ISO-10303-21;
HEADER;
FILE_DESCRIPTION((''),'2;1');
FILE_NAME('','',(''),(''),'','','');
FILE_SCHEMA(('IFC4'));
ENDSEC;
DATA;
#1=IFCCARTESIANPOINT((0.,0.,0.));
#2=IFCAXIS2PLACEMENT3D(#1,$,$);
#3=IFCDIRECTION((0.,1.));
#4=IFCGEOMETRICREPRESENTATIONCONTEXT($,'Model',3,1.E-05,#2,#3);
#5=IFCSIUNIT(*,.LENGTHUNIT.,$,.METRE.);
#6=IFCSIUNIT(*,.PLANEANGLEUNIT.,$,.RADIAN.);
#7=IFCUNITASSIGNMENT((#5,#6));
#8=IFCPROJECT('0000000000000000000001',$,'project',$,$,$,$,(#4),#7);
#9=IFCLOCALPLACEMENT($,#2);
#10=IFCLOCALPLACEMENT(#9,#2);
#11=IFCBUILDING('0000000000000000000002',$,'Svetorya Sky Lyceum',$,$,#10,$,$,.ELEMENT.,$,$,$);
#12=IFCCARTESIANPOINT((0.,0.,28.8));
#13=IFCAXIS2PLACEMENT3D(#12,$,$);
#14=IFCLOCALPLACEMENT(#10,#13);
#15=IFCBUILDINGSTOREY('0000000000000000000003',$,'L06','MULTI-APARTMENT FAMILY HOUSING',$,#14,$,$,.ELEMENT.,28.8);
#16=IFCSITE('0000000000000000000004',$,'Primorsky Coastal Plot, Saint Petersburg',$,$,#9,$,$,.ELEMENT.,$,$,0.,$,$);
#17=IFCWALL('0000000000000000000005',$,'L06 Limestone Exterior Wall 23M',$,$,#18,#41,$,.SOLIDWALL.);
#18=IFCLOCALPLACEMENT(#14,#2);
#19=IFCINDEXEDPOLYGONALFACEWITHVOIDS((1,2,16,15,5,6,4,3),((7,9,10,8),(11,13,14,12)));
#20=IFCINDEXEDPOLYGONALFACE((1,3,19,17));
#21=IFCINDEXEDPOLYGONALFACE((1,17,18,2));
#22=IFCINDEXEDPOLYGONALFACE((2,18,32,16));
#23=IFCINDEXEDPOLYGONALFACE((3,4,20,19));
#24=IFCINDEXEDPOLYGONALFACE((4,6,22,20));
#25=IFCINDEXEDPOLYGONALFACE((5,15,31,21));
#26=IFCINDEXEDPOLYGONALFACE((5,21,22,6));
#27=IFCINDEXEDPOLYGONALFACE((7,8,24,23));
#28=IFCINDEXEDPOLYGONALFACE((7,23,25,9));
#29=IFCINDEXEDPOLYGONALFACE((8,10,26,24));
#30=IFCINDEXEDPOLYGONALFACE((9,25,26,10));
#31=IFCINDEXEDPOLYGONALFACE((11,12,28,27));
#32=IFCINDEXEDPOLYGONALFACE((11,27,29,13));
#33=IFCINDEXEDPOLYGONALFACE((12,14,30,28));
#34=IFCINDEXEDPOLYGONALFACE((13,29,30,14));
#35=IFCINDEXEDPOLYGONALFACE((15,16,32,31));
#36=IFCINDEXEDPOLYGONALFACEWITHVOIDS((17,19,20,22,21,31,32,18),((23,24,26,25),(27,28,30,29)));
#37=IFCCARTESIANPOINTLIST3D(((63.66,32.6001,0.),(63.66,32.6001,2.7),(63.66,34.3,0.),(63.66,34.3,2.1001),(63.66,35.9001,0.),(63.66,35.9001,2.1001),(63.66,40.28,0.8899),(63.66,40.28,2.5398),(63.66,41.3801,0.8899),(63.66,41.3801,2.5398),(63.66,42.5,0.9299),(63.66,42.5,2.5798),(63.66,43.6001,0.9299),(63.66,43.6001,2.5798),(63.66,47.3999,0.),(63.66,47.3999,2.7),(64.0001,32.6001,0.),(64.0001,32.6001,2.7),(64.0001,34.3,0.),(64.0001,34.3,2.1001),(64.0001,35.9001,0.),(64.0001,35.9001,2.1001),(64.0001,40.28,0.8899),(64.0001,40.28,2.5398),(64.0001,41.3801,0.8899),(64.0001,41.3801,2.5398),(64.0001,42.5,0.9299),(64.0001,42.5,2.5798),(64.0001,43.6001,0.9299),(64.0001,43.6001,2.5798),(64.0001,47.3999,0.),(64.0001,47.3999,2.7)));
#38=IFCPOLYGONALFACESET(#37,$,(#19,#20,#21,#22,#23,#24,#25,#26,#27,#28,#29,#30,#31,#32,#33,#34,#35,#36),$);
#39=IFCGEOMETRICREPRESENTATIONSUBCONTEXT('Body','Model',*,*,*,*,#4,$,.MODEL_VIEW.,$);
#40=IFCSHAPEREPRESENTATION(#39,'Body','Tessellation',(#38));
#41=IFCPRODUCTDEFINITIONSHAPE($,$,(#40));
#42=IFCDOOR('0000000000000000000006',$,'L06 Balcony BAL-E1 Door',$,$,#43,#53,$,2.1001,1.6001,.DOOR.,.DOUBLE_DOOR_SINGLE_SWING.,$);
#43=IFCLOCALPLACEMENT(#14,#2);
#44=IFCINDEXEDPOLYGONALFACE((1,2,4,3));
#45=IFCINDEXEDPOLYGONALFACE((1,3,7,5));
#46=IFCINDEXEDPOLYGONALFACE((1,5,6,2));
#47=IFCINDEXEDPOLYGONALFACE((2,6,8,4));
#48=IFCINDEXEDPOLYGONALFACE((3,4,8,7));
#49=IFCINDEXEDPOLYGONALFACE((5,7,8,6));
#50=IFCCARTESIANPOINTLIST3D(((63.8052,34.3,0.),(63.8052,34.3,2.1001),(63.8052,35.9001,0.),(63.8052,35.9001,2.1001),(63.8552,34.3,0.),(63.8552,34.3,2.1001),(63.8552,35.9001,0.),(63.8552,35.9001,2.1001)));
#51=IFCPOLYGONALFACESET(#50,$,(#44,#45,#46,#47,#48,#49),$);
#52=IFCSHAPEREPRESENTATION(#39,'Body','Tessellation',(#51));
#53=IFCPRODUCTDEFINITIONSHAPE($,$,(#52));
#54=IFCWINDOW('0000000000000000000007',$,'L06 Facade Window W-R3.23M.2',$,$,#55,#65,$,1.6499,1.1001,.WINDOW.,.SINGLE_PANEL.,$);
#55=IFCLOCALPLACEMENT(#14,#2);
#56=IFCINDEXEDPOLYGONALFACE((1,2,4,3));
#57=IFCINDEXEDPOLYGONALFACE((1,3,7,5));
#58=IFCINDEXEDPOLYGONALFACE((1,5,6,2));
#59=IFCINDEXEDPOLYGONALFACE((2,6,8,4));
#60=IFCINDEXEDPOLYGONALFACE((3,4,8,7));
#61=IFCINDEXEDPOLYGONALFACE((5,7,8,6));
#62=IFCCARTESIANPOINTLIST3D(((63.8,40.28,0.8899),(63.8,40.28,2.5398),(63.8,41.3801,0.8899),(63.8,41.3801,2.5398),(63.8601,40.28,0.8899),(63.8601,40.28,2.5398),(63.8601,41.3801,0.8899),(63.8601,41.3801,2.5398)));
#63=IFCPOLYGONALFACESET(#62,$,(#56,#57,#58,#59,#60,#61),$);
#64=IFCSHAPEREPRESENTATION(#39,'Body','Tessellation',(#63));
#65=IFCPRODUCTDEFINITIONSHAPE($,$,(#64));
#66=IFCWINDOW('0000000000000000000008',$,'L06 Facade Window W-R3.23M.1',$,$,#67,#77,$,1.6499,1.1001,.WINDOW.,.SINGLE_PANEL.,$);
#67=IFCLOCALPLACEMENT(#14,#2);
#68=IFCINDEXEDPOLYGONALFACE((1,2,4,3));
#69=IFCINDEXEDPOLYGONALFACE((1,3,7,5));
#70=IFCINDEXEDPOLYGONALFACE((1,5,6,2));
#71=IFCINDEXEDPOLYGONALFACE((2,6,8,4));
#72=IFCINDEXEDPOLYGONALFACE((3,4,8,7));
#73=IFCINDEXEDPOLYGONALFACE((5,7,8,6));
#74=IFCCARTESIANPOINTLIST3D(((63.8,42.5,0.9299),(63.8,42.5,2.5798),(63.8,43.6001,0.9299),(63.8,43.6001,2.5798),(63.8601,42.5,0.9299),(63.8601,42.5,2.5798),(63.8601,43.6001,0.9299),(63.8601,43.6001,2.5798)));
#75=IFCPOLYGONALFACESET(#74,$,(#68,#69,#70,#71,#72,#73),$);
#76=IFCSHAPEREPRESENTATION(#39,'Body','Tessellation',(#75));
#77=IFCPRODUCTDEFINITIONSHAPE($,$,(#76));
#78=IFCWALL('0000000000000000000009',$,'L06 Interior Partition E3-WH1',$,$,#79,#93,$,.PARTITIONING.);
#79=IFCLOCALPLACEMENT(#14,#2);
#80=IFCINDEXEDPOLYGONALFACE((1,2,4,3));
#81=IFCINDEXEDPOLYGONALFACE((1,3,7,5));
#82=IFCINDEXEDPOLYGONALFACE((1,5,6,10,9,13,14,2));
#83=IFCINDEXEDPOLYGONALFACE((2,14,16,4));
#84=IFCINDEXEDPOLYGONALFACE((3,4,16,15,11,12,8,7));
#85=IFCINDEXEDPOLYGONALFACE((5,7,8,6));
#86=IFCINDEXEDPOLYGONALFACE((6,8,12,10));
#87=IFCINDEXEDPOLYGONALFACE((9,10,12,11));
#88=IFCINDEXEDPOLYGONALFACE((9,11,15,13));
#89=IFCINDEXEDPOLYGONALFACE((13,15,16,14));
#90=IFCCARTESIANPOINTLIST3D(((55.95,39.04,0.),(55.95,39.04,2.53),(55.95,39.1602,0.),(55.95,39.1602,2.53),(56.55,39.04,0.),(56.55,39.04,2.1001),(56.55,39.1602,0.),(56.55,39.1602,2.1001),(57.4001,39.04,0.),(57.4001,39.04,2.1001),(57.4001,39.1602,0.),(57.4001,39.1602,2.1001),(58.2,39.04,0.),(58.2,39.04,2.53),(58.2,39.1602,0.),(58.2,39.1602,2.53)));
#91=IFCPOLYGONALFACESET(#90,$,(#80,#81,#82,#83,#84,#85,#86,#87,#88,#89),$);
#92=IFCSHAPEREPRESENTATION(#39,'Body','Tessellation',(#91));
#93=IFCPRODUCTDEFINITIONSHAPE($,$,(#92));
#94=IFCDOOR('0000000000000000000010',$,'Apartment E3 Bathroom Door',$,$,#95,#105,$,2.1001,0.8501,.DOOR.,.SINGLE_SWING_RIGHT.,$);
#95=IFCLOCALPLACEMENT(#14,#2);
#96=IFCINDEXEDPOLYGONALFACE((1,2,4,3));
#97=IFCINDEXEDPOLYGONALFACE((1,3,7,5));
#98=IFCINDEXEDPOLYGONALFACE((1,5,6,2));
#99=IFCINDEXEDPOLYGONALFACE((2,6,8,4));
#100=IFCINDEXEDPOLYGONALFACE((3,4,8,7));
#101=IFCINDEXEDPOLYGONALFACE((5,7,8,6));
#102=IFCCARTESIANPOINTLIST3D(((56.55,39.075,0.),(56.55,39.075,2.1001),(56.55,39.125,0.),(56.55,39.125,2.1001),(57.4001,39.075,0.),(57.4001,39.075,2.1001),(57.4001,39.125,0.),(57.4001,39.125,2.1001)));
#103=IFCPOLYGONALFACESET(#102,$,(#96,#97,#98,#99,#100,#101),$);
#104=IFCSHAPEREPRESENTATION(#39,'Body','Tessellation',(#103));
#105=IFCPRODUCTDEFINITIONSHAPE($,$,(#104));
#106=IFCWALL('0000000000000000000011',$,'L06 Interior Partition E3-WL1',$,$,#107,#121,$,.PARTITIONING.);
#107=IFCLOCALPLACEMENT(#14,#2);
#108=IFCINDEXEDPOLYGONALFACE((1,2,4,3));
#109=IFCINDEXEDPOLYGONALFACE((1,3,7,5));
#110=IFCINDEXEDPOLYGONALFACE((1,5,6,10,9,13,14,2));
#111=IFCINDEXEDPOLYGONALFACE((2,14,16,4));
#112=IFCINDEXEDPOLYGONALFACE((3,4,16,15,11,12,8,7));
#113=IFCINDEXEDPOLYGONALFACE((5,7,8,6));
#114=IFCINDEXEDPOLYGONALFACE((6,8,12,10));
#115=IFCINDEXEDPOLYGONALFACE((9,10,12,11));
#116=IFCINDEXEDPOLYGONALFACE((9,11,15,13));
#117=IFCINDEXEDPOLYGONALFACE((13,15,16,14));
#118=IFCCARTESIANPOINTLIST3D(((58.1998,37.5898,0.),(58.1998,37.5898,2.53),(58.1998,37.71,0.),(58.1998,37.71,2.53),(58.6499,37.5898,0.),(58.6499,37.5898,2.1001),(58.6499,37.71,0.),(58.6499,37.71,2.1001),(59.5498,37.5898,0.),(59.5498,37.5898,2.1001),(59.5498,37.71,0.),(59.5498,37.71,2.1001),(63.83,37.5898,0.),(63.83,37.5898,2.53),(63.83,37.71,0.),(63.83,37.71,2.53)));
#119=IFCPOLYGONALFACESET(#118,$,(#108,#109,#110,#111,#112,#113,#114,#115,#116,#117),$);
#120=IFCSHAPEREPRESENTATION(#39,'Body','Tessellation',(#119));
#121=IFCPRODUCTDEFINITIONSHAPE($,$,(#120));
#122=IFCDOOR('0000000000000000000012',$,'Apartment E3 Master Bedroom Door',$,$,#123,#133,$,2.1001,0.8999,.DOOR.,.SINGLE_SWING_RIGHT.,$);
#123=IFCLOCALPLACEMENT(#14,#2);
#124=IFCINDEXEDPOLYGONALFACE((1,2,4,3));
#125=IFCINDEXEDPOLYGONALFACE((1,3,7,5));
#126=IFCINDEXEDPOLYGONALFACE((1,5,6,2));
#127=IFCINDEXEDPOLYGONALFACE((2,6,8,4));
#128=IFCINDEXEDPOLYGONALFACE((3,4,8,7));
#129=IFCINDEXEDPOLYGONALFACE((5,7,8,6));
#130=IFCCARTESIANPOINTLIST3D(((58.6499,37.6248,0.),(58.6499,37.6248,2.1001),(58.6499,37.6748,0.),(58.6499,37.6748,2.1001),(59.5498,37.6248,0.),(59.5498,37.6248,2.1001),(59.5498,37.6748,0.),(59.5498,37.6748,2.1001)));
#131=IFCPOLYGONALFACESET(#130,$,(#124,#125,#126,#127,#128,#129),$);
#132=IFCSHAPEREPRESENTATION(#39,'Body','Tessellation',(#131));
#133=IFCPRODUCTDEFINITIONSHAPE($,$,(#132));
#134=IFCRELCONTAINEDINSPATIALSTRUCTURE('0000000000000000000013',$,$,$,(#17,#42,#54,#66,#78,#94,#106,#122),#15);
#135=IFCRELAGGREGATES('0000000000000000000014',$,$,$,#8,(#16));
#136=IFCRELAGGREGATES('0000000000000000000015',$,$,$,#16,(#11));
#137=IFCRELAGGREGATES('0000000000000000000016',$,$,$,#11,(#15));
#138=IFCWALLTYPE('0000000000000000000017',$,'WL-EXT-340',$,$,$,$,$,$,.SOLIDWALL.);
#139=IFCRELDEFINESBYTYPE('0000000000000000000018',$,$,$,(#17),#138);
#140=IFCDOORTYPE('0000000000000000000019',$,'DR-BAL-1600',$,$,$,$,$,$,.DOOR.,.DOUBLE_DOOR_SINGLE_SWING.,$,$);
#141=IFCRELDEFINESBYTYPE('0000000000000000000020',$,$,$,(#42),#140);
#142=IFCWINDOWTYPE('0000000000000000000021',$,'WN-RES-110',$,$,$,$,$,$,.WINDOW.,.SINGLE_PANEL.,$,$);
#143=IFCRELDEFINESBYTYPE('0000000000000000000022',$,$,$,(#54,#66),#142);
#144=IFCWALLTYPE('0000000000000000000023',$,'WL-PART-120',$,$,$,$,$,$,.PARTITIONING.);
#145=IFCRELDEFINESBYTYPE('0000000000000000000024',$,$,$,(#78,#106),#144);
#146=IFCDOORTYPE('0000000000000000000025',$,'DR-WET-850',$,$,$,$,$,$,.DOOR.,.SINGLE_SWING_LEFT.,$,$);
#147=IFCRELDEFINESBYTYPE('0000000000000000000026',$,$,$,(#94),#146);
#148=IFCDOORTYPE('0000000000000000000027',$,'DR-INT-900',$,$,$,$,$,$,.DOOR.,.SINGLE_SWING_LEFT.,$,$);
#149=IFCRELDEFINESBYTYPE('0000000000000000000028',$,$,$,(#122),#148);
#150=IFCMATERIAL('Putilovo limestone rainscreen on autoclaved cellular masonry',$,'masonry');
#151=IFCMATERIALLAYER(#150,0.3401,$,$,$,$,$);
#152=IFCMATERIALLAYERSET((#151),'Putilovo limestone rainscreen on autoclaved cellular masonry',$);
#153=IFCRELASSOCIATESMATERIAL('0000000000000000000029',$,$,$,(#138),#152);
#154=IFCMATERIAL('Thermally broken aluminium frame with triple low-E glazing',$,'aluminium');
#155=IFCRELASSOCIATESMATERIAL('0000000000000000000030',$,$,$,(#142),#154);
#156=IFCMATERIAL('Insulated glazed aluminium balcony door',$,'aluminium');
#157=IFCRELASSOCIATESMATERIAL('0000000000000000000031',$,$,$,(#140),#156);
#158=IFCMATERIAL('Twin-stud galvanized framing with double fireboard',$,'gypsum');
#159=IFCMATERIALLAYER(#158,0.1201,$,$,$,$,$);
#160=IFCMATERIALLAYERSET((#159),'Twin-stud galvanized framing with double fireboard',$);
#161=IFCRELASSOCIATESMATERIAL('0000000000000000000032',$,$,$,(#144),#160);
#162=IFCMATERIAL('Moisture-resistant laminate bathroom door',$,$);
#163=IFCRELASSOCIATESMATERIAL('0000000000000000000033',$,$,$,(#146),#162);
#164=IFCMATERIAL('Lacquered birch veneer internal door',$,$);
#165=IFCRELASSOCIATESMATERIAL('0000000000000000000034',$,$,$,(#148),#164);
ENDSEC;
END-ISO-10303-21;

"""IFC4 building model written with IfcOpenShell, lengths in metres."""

from ifc_helpers import new_model, si_unit, direction, frame, frame_2d, origin, place, context, subcontext, project, spatial, rectangle, extrude, material, layer, layer_set, type_object, element, fill, save


model = new_model("IFC4")

# Units and contexts
model_context = context("Model", 3, precision=1e-05, world=origin(), true_north=direction((0.0, 1.0)))
body_context = subcontext(model_context, "Body", "Model", "MODEL_VIEW")
ifc_project = project(units=[si_unit("LENGTHUNIT", "METRE"), si_unit("PLANEANGLEUNIT", "RADIAN")], contexts=[model_context])

# Site, building, storey
site_placement = place(None, origin())
site = spatial("IfcSite", under=ifc_project, at=site_placement, Name="Primorsky Coastal Plot, Saint Petersburg", CompositionType="ELEMENT", RefElevation=0.0)
building_placement = place(site_placement, origin())
building = spatial("IfcBuilding", under=site, at=building_placement, Name="Svetorya Sky Lyceum", CompositionType="ELEMENT")
storey_placement = place(building_placement, frame((0.0, 0.0, 28.8)))
storey = spatial("IfcBuildingStorey", under=building, at=storey_placement, Name="L06", Description="MULTI-APARTMENT FAMILY HOUSING", CompositionType="ELEMENT", Elevation=28.8)

# Shared definitions
ifc_material_1 = material(Name="Putilovo limestone rainscreen on autoclaved cellular masonry", Category="masonry")
ifc_layer_1 = layer(ifc_material_1, 0.3401)
ifc_layer_set_1 = layer_set([ifc_layer_1], Name="Putilovo limestone rainscreen on autoclaved cellular masonry")
wall_type_1 = type_object("IfcWallType", Name="WL-EXT-340", PredefinedType="SOLIDWALL", material=ifc_layer_set_1)

# Shared definitions
ifc_material_2 = material(Name="Thermally broken aluminium frame with triple low-E glazing", Category="aluminium")
window_type = type_object("IfcWindowType", Name="WN-RES-110", PartitioningType="SINGLE_PANEL", PredefinedType="WINDOW", material=ifc_material_2)

# Wall, openings, door, windows
wall_1_placement = place(storey_placement, frame((63.8301, 32.6001, 0.0), z_axis=(0.0, 0.0, 1.0), x_axis=(0.0, 1.0, 0.0)))
wall_1 = element("IfcWall", 1, at=wall_1_placement, inside=storey, type_object=wall_type_1, Name="L06 Limestone Exterior Wall 23M", PredefinedType="SOLIDWALL", context=body_context, shape_type="SweptSolid", body=[
    extrude(rectangle(XDim=14.7998, YDim=0.3401, at=frame_2d((7.3999, 0.0))), origin(), (0.0, 0.0, 1.0), 2.7),
])
opening_1_placement = place(wall_1_placement, frame((1.7, 0.0, 0.0)))
opening_1 = element("IfcOpeningElement", 2, at=opening_1_placement, cuts=wall_1, PredefinedType="OPENING", context=body_context, shape_type="SweptSolid", body=[
    extrude(rectangle(XDim=1.6001, YDim=2.1001, at=frame_2d((0.8, 1.05))), frame((0.0, 0.1799, 0.0), z_axis=(0.0, -1.0, 0.0), x_axis=(1.0, 0.0, 0.0)), (0.0, 0.0, 1.0), 0.3601),
])
opening_2_placement = place(wall_1_placement, frame((7.6799, 0.0, 0.8899)))
opening_2 = element("IfcOpeningElement", 3, at=opening_2_placement, cuts=wall_1, PredefinedType="OPENING", context=body_context, shape_type="SweptSolid", body=[
    extrude(rectangle(XDim=1.1001, YDim=1.6499, at=frame_2d((0.55, 0.825))), frame((0.0, 0.1799, 0.0), z_axis=(0.0, -1.0, 0.0), x_axis=(1.0, 0.0, 0.0)), (0.0, 0.0, 1.0), 0.3601),
])
opening_3_placement = place(wall_1_placement, frame((9.8999, 0.0, 0.9299)))
opening_3 = element("IfcOpeningElement", 4, at=opening_3_placement, cuts=wall_1, PredefinedType="OPENING", context=body_context, shape_type="SweptSolid", body=[
    extrude(rectangle(XDim=1.1001, YDim=1.6499, at=frame_2d((0.55, 0.825))), frame((0.0, 0.1799, 0.0), z_axis=(0.0, -1.0, 0.0), x_axis=(1.0, 0.0, 0.0)), (0.0, 0.0, 1.0), 0.3601),
])
ifc_material_3 = material(Name="Insulated glazed aluminium balcony door", Category="aluminium")
door_type_1 = type_object("IfcDoorType", Name="DR-BAL-1600", OperationType="DOUBLE_DOOR_SINGLE_SWING", PredefinedType="DOOR", material=ifc_material_3)
door_1_placement = place(opening_1_placement, origin())
door_1 = element("IfcDoor", 5, at=door_1_placement, inside=storey, type_object=door_type_1, Name="L06 Balcony BAL-E1 Door", OperationType="DOUBLE_DOOR_SINGLE_SWING", OverallHeight=2.1001, OverallWidth=1.6001, PredefinedType="DOOR", context=body_context, shape_type="SweptSolid", body=[
    extrude(rectangle(XDim=1.6001, YDim=2.1001, at=frame_2d((0.8, 1.05))), frame((0.0, 0.0249, 0.0), z_axis=(0.0, -1.0, 0.0), x_axis=(1.0, 0.0, 0.0)), (0.0, 0.0, 1.0), 0.05),
])
fill(opening_1, door_1)
window_1_placement = place(opening_2_placement, origin())
window_1 = element("IfcWindow", 6, at=window_1_placement, inside=storey, type_object=window_type, Name="L06 Facade Window W-R3.23M.2", OverallHeight=1.6499, OverallWidth=1.1001, PartitioningType="SINGLE_PANEL", PredefinedType="WINDOW", context=body_context, shape_type="SweptSolid", body=[
    extrude(rectangle(XDim=1.1001, YDim=1.6499, at=frame_2d((0.55, 0.825))), frame((0.0, 0.03, 0.0), z_axis=(0.0, -1.0, 0.0), x_axis=(1.0, 0.0, 0.0)), (0.0, 0.0, 1.0), 0.0601),
])
fill(opening_2, window_1)
window_2_placement = place(opening_3_placement, origin())
window_2 = element("IfcWindow", 7, at=window_2_placement, inside=storey, type_object=window_type, Name="L06 Facade Window W-R3.23M.1", OverallHeight=1.6499, OverallWidth=1.1001, PartitioningType="SINGLE_PANEL", PredefinedType="WINDOW", context=body_context, shape_type="SweptSolid", body=[
    extrude(rectangle(XDim=1.1001, YDim=1.6499, at=frame_2d((0.55, 0.825))), frame((0.0, 0.03, 0.0), z_axis=(0.0, -1.0, 0.0), x_axis=(1.0, 0.0, 0.0)), (0.0, 0.0, 1.0), 0.0601),
])
fill(opening_3, window_2)

# Walls, openings, doors
ifc_material_4 = material(Name="Twin-stud galvanized framing with double fireboard", Category="gypsum")
ifc_layer_2 = layer(ifc_material_4, 0.1201)
ifc_layer_set_2 = layer_set([ifc_layer_2], Name="Twin-stud galvanized framing with double fireboard")
wall_type_2 = type_object("IfcWallType", Name="WL-PART-120", PredefinedType="PARTITIONING", material=ifc_layer_set_2)
wall_2_placement = place(storey_placement, frame((55.95, 39.1001, 0.0), z_axis=(0.0, 0.0, 1.0), x_axis=(1.0, 0.0, 0.0)))
wall_2 = element("IfcWall", 8, at=wall_2_placement, inside=storey, type_object=wall_type_2, Name="L06 Interior Partition E3-WH1", PredefinedType="PARTITIONING", context=body_context, shape_type="SweptSolid", body=[
    extrude(rectangle(XDim=2.25, YDim=0.1201, at=frame_2d((1.125, 0.0))), origin(), (0.0, 0.0, 1.0), 2.53),
])
opening_4_placement = place(wall_2_placement, frame((0.6001, 0.0, 0.0)))
opening_4 = element("IfcOpeningElement", 9, at=opening_4_placement, cuts=wall_2, PredefinedType="OPENING", context=body_context, shape_type="SweptSolid", body=[
    extrude(rectangle(XDim=0.8501, YDim=2.1001, at=frame_2d((0.425, 1.05))), frame((0.0, 0.0701, 0.0), z_axis=(0.0, -1.0, 0.0), x_axis=(1.0, 0.0, 0.0)), (0.0, 0.0, 1.0), 0.1401),
])
ifc_material_5 = material(Name="Moisture-resistant laminate bathroom door")
door_type_2 = type_object("IfcDoorType", Name="DR-WET-850", OperationType="SINGLE_SWING_LEFT", PredefinedType="DOOR", material=ifc_material_5)
door_2_placement = place(opening_4_placement, origin())
door_2 = element("IfcDoor", 10, at=door_2_placement, inside=storey, type_object=door_type_2, Name="Apartment E3 Bathroom Door", OperationType="SINGLE_SWING_RIGHT", OverallHeight=2.1001, OverallWidth=0.8501, PredefinedType="DOOR", context=body_context, shape_type="SweptSolid", body=[
    extrude(rectangle(XDim=0.8501, YDim=2.1001, at=frame_2d((0.425, 1.05))), frame((0.0, 0.0249, 0.0), z_axis=(0.0, -1.0, 0.0), x_axis=(1.0, 0.0, 0.0)), (0.0, 0.0, 1.0), 0.05),
])
fill(opening_4, door_2)
wall_3_placement = place(storey_placement, frame((58.2, 37.6499, 0.0), z_axis=(0.0, 0.0, 1.0), x_axis=(1.0, 0.0, 0.0)))
wall_3 = element("IfcWall", 11, at=wall_3_placement, inside=storey, type_object=wall_type_2, Name="L06 Interior Partition E3-WL1", PredefinedType="PARTITIONING", context=body_context, shape_type="SweptSolid", body=[
    extrude(rectangle(XDim=5.6301, YDim=0.1201, at=frame_2d((2.8149, 0.0))), origin(), (0.0, 0.0, 1.0), 2.53),
])
opening_5_placement = place(wall_3_placement, frame((0.45, 0.0, 0.0)))
opening_5 = element("IfcOpeningElement", 12, at=opening_5_placement, cuts=wall_3, PredefinedType="OPENING", context=body_context, shape_type="SweptSolid", body=[
    extrude(rectangle(XDim=0.8999, YDim=2.1001, at=frame_2d((0.45, 1.05))), frame((0.0, 0.0701, 0.0), z_axis=(0.0, -1.0, 0.0), x_axis=(1.0, 0.0, 0.0)), (0.0, 0.0, 1.0), 0.1401),
])
ifc_material_6 = material(Name="Lacquered birch veneer internal door")
door_type_3 = type_object("IfcDoorType", Name="DR-INT-900", OperationType="SINGLE_SWING_LEFT", PredefinedType="DOOR", material=ifc_material_6)
door_3_placement = place(opening_5_placement, origin())
door_3 = element("IfcDoor", 13, at=door_3_placement, inside=storey, type_object=door_type_3, Name="Apartment E3 Master Bedroom Door", OperationType="SINGLE_SWING_RIGHT", OverallHeight=2.1001, OverallWidth=0.8999, PredefinedType="DOOR", context=body_context, shape_type="SweptSolid", body=[
    extrude(rectangle(XDim=0.8999, YDim=2.1001, at=frame_2d((0.45, 1.05))), frame((0.0, 0.0249, 0.0), z_axis=(0.0, -1.0, 0.0), x_axis=(1.0, 0.0, 0.0)), (0.0, 0.0, 1.0), 0.05),
])
fill(opening_5, door_3)

save(model, "model.ifc")
